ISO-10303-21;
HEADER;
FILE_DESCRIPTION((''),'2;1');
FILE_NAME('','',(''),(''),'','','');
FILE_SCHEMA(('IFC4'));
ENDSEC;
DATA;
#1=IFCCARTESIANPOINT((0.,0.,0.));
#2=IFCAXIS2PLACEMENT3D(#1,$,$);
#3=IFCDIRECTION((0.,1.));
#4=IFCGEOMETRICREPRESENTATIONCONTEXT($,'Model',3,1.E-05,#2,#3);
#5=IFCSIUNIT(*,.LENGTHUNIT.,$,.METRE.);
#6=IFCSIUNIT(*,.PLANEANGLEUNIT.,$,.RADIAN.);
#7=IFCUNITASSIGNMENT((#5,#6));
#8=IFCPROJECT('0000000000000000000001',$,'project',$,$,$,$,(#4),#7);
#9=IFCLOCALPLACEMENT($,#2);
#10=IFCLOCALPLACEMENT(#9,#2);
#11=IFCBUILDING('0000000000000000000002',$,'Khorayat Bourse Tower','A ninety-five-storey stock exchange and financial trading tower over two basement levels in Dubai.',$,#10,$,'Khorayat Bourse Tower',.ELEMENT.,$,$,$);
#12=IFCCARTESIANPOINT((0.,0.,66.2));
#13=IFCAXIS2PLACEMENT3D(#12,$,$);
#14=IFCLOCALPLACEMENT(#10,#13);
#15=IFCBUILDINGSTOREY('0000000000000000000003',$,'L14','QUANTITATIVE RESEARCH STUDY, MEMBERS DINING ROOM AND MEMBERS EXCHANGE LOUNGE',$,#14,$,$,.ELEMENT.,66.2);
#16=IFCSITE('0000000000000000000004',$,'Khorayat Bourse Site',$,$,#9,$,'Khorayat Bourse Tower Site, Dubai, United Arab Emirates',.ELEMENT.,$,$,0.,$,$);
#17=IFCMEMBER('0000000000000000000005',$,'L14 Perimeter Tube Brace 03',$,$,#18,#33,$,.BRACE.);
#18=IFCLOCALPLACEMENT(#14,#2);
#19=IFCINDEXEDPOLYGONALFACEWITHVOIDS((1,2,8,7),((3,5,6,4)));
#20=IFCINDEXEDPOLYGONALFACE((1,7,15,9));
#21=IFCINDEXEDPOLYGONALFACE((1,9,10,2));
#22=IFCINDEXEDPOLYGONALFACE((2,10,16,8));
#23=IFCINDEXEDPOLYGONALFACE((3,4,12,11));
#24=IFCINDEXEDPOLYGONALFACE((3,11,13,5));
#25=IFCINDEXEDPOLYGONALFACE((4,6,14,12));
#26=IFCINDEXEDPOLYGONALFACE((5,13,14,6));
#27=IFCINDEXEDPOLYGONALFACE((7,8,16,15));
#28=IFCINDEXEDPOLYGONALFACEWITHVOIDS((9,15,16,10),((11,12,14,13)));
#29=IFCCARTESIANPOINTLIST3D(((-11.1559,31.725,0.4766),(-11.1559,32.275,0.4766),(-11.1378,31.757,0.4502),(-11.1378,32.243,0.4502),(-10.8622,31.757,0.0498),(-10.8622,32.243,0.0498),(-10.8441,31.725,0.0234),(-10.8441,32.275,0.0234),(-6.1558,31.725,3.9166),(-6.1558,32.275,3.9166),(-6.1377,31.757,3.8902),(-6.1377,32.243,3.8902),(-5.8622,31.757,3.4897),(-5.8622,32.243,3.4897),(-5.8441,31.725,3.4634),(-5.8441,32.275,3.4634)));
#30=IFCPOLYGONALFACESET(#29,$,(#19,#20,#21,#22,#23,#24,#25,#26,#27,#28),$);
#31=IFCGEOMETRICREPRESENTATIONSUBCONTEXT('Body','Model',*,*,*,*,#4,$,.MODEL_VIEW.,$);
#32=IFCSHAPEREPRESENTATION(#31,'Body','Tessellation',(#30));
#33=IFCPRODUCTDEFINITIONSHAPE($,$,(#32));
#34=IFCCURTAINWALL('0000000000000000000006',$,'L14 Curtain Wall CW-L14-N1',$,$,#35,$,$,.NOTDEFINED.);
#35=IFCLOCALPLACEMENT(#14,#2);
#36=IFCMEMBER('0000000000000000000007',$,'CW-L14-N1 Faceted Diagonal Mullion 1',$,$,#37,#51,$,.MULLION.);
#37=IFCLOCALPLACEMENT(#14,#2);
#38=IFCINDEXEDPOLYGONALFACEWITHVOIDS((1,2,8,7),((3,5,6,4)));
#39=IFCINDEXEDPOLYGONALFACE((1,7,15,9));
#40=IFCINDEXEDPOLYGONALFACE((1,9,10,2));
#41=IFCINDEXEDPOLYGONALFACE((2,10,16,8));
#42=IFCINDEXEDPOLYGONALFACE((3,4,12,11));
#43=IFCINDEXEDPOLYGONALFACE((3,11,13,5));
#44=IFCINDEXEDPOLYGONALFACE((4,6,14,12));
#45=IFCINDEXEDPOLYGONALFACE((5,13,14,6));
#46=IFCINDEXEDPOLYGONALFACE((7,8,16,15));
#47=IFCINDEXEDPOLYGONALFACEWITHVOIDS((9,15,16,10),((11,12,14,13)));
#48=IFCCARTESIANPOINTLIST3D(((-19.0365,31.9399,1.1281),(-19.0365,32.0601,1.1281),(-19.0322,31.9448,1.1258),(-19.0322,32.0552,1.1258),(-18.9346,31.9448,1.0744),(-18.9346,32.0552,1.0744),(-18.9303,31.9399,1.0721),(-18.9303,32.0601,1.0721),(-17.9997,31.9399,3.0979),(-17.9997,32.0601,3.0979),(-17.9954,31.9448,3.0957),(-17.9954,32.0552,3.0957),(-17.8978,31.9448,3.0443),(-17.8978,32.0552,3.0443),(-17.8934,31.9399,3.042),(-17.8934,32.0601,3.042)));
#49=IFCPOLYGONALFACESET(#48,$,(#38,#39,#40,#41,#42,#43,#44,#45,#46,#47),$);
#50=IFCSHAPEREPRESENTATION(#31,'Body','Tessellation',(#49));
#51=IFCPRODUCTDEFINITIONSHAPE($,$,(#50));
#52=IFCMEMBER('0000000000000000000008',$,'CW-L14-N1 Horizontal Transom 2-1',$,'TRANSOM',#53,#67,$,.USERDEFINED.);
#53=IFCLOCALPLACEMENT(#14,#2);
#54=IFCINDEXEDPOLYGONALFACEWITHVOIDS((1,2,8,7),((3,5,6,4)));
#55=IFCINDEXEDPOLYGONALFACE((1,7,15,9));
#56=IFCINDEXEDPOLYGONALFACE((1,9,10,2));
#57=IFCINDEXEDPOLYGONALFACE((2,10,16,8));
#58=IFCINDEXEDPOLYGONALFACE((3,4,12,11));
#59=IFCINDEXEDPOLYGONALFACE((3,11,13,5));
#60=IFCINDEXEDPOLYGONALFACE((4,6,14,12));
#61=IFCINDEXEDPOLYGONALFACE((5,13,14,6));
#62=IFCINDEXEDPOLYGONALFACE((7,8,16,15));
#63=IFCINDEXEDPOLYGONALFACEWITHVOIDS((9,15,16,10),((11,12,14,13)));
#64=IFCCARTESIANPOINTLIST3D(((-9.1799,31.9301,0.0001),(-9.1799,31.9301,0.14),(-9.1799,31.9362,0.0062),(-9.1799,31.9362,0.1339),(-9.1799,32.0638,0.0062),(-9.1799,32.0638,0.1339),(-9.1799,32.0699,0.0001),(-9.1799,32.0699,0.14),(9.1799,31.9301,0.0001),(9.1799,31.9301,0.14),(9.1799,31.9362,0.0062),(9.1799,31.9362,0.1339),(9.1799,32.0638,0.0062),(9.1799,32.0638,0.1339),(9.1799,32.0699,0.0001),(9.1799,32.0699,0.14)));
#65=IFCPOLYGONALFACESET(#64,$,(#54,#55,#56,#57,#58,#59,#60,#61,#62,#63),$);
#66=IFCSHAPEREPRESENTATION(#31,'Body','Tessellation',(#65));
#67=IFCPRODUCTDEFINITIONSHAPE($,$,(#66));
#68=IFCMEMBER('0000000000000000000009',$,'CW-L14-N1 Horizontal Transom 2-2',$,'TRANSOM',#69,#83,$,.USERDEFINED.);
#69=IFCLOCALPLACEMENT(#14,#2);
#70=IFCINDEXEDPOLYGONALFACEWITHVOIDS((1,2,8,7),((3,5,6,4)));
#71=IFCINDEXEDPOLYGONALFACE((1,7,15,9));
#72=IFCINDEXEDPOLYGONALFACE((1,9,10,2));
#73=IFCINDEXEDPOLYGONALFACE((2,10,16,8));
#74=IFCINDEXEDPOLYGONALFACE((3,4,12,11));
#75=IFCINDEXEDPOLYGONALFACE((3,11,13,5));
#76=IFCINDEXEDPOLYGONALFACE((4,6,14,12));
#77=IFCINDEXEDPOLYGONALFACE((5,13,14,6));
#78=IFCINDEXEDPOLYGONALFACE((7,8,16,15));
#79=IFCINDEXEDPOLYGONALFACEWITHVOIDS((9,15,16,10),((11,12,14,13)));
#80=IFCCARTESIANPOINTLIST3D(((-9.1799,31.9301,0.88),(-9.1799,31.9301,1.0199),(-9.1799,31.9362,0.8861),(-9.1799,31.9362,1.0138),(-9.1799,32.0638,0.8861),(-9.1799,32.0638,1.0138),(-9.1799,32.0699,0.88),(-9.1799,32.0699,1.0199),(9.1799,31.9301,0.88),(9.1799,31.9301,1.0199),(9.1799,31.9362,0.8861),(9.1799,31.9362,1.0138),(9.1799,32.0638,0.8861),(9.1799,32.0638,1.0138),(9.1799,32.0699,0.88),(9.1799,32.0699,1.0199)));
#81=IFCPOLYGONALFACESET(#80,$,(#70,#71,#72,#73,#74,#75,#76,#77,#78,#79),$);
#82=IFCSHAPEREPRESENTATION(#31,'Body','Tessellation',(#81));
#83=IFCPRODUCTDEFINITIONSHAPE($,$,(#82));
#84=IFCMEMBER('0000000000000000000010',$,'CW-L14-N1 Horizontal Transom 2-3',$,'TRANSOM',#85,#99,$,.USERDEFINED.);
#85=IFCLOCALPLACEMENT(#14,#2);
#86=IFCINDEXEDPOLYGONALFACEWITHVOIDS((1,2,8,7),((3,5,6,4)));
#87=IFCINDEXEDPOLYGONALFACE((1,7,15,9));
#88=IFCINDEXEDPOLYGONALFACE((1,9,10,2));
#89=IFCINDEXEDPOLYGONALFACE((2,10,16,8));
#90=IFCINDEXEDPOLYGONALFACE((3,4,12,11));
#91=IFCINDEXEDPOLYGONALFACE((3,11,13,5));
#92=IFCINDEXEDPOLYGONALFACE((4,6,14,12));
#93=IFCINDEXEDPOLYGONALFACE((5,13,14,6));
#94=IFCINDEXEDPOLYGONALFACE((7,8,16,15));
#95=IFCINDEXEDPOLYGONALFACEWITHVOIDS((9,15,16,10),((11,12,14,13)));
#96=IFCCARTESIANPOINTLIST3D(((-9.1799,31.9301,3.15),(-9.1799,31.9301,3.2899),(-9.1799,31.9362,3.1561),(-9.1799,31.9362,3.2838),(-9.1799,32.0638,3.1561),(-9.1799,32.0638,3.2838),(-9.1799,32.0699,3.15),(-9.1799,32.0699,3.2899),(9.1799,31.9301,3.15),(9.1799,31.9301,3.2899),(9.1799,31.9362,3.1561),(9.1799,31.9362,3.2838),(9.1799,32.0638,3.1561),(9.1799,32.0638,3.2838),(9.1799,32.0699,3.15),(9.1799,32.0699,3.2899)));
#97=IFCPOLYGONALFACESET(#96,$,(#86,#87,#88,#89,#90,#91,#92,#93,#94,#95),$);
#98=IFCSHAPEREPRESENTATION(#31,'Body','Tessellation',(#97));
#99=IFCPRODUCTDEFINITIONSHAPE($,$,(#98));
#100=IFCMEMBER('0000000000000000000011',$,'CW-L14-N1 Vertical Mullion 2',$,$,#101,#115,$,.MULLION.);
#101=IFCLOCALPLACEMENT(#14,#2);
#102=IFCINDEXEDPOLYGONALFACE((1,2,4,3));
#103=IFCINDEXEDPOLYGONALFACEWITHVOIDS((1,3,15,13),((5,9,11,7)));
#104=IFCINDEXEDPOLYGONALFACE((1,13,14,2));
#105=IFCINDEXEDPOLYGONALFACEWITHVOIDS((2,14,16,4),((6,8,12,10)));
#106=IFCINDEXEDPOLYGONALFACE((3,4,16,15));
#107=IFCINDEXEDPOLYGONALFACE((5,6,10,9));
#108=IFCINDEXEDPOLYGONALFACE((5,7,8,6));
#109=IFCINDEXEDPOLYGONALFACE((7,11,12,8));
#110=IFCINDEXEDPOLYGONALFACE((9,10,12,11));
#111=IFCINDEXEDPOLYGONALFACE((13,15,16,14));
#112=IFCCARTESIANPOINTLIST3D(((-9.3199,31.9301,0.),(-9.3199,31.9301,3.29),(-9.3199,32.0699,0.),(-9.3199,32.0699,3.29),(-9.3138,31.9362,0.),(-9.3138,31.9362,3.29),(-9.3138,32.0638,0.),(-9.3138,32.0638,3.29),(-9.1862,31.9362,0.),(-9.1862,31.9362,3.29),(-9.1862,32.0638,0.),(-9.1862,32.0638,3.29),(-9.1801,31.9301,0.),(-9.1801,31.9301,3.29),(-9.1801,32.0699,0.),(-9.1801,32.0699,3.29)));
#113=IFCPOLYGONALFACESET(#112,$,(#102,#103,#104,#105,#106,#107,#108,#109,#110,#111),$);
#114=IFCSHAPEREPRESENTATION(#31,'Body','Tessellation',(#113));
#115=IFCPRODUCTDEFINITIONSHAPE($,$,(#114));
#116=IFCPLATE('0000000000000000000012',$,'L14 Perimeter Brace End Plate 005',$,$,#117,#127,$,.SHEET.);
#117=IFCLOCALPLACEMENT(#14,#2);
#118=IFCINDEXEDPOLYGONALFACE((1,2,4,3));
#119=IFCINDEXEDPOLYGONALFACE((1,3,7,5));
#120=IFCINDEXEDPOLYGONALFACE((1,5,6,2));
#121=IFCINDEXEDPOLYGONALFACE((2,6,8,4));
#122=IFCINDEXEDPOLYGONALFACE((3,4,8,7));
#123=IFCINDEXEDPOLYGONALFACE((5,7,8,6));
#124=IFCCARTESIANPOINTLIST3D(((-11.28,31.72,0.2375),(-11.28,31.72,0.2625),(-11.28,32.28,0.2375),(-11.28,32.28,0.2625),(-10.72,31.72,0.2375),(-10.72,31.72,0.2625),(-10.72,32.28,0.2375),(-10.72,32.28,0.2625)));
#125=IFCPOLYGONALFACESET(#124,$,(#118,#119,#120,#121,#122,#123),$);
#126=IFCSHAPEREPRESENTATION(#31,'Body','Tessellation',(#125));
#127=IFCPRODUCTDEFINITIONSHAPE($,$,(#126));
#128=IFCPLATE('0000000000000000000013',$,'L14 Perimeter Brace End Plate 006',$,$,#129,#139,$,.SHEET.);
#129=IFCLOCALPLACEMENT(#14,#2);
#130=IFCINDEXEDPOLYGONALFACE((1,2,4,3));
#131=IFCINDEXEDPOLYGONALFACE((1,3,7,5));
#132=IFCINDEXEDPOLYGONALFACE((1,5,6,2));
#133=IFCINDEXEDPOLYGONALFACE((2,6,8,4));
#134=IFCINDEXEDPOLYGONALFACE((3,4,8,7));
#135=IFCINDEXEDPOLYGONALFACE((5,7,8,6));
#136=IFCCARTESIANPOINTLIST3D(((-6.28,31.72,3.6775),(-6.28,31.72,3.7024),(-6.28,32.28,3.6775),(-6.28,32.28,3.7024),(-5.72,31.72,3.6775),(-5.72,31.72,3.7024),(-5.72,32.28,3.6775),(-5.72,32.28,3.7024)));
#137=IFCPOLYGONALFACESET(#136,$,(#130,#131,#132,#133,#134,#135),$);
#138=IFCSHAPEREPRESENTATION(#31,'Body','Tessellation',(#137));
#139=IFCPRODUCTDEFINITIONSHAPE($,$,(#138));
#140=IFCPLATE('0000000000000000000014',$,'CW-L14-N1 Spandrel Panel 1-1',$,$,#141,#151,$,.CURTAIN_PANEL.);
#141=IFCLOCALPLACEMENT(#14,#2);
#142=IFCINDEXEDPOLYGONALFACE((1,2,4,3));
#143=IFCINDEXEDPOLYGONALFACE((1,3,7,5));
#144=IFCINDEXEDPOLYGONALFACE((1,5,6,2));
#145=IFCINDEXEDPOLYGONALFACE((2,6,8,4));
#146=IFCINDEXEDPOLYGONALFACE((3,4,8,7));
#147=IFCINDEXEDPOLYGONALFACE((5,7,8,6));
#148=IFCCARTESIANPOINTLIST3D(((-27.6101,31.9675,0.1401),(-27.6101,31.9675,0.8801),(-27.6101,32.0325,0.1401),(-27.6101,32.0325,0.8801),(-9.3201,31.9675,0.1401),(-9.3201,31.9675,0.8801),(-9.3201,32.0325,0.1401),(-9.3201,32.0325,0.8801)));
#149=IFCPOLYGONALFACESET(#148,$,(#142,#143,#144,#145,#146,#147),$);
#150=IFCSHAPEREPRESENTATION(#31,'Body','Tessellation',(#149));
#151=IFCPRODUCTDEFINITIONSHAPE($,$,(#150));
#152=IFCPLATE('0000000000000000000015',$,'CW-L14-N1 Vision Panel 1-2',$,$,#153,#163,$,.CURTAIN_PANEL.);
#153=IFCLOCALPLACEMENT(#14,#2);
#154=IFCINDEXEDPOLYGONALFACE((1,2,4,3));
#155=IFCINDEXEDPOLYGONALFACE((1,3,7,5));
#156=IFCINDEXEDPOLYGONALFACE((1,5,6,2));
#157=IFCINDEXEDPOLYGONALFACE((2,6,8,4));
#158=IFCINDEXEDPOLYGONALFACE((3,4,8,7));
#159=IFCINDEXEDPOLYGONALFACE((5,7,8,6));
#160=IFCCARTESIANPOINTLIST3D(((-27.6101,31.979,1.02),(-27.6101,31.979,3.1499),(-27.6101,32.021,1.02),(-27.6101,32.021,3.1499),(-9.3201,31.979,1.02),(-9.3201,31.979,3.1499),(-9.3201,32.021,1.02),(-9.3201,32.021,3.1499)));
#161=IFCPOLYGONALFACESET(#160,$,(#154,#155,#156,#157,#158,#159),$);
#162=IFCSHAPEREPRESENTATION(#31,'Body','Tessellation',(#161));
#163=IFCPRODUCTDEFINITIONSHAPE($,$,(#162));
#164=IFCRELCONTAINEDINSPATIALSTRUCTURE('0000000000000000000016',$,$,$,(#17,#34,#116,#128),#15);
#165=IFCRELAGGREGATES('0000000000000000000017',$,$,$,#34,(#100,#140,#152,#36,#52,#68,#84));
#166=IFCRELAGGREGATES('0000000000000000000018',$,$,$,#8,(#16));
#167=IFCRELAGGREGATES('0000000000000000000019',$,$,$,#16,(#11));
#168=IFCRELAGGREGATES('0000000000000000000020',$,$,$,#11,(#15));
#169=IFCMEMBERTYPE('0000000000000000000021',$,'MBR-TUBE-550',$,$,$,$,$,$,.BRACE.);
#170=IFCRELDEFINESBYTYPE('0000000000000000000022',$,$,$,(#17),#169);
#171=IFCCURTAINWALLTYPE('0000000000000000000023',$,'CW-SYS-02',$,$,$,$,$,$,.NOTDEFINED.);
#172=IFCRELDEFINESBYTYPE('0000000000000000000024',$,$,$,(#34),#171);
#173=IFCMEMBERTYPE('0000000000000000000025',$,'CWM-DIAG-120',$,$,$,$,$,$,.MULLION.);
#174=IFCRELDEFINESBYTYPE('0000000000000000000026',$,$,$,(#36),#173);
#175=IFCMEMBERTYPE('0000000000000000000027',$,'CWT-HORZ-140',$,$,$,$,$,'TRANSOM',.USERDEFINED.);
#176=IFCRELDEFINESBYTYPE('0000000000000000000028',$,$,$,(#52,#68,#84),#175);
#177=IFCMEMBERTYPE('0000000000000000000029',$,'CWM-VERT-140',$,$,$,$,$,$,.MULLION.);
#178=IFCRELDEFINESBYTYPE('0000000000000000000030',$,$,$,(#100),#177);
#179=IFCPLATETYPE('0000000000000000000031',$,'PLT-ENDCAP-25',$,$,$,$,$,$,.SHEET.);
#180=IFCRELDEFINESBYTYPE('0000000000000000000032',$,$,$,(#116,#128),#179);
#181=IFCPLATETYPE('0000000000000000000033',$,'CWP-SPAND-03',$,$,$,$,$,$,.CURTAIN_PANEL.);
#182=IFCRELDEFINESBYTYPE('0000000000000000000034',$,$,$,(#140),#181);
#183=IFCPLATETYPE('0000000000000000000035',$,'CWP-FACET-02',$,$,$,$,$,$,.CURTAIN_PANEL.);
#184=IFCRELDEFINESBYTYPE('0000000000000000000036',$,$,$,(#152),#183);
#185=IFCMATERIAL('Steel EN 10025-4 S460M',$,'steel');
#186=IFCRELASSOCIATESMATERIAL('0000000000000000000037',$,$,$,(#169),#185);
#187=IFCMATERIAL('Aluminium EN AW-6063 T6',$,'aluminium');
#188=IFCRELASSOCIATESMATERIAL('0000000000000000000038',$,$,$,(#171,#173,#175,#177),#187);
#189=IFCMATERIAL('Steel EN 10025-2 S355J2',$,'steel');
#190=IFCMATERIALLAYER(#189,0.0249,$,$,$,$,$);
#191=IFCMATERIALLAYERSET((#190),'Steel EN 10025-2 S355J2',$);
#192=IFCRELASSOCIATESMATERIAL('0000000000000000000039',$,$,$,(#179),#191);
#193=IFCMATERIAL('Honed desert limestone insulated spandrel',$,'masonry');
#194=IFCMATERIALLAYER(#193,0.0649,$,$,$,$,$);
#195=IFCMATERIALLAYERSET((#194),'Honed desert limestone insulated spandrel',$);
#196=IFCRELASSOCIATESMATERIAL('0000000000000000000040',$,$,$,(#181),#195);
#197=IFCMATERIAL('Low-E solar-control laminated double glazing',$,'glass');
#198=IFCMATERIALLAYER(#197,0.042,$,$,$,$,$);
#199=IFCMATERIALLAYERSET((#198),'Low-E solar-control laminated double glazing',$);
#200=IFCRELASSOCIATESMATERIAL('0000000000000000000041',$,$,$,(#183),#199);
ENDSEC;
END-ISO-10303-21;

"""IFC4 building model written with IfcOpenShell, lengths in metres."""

from ifc_helpers import new_model, si_unit, direction, frame, origin, origin_2d, place, context, subcontext, project, spatial, rectangle, hollow_rectangle, extrude, source, transform, mapped, material, layer, layer_set, material_profile, profile_set, type_object, element, aggregate, save


model = new_model("IFC4")

# Units and contexts
model_context = context("Model", 3, precision=1e-05, world=origin(), true_north=direction((0.0, 1.0)))
body_context = subcontext(model_context, "Body", "Model", "MODEL_VIEW")
ifc_project = project(units=[si_unit("LENGTHUNIT", "METRE"), si_unit("PLANEANGLEUNIT", "RADIAN")], contexts=[model_context])

# Site, building, storey
site_placement = place(None, origin())
site = spatial("IfcSite", under=ifc_project, at=site_placement, Name="Khorayat Bourse Site", LongName="Khorayat Bourse Tower Site, Dubai, United Arab Emirates", CompositionType="ELEMENT", RefElevation=0.0)
building_placement = place(site_placement, origin())
building = spatial("IfcBuilding", under=site, at=building_placement, Name="Khorayat Bourse Tower", Description="A ninety-five-storey stock exchange and financial trading tower over two basement levels in Dubai.", LongName="Khorayat Bourse Tower", CompositionType="ELEMENT")
storey_placement = place(building_placement, frame((0.0, 0.0, 66.2)))
storey = spatial("IfcBuildingStorey", under=building, at=storey_placement, Name="L14", Description="QUANTITATIVE RESEARCH STUDY, MEMBERS DINING ROOM AND MEMBERS EXCHANGE LOUNGE", CompositionType="ELEMENT", Elevation=66.2)

# Shared definitions
ifc_material_1 = material(Name="Steel EN 10025-4 S460M", Category="steel")

# Member
ifc_material_profile_1 = material_profile(ifc_material_1, hollow_rectangle(XDim=0.55, YDim=0.55, WallThickness=0.032, at=origin_2d()), Name="HSS 550x550x32")
ifc_profile_set_1 = profile_set([ifc_material_profile_1], Name="Steel EN 10025-4 S460M")
member_type_1 = type_object("IfcMemberType", Name="MBR-TUBE-550", PredefinedType="BRACE", material=ifc_profile_set_1)
shared_shape_1 = source(origin(), body_context, "Body", "SweptSolid", [
    extrude(hollow_rectangle(XDim=0.55, YDim=0.55, WallThickness=0.032, at=origin_2d()), origin(), (0.0, 0.0, 1.0), 6.0691),
])
member_1_placement = place(storey_placement, frame((-11.0, 32.0, 0.25), z_axis=(0.823854, 0.0, 0.566802), x_axis=(0.0, 1.0, 0.0)))
element("IfcMember", 1, at=member_1_placement, inside=storey, type_object=member_type_1, Name="L14 Perimeter Tube Brace 03", PredefinedType="BRACE", context=body_context, shape_type="MappedRepresentation", body=[
    mapped(shared_shape_1, transform((0.0, 0.0, 0.0), scale=1.0)),
])

# Curtain wall, members
ifc_material_2 = material(Name="Aluminium EN AW-6063 T6", Category="aluminium")
curtain_wall_type = type_object("IfcCurtainWallType", Name="CW-SYS-02", PredefinedType="NOTDEFINED", material=ifc_material_2)
curtain_wall_placement = place(storey_placement, origin())
curtain_wall = element("IfcCurtainWall", 2, at=curtain_wall_placement, inside=storey, type_object=curtain_wall_type, Name="L14 Curtain Wall CW-L14-N1", PredefinedType="NOTDEFINED")
ifc_material_profile_2 = material_profile(ifc_material_2, hollow_rectangle(XDim=0.1201, YDim=0.1201, WallThickness=0.0049, at=origin_2d()), Name="ALU 120x120x5")
ifc_profile_set_2 = profile_set([ifc_material_profile_2], Name="Aluminium EN AW-6063 T6")
member_type_2 = type_object("IfcMemberType", Name="CWM-DIAG-120", PredefinedType="MULLION", material=ifc_profile_set_2)
shared_shape_2 = source(origin(), body_context, "Body", "SweptSolid", [
    extrude(hollow_rectangle(XDim=0.1201, YDim=0.1201, WallThickness=0.0049, at=origin_2d()), origin(), (0.0, 0.0, 1.0), 2.2261),
])
member_2_placement = place(storey_placement, frame((-18.9834, 32.0, 1.1001), z_axis=(0.46576, 0.0, 0.884911), x_axis=(0.0, 1.0, 0.0)))
member_2 = element("IfcMember", 3, at=member_2_placement, type_object=member_type_2, Name="CW-L14-N1 Faceted Diagonal Mullion 1", PredefinedType="MULLION", context=body_context, shape_type="MappedRepresentation", body=[
    mapped(shared_shape_2, transform((0.0, 0.0, 0.0), scale=1.0)),
])
ifc_material_profile_3 = material_profile(ifc_material_2, hollow_rectangle(XDim=0.1399, YDim=0.1399, WallThickness=0.0061, at=origin_2d()), Name="ALU 140x140x6")
ifc_profile_set_3 = profile_set([ifc_material_profile_3], Name="Aluminium EN AW-6063 T6")
member_type_3 = type_object("IfcMemberType", Name="CWT-HORZ-140", ElementType="TRANSOM", PredefinedType="USERDEFINED", material=ifc_profile_set_3)
shared_shape_3 = source(origin(), body_context, "Body", "SweptSolid", [
    extrude(hollow_rectangle(XDim=0.1399, YDim=0.1399, WallThickness=0.0061, at=origin_2d()), origin(), (0.0, 0.0, 1.0), 18.3599),
])
member_3_placement = place(storey_placement, frame((-9.1799, 32.0, 0.0701), z_axis=(1.0, 0.0, 0.0), x_axis=(0.0, 1.0, 0.0)))
member_3 = element("IfcMember", 4, at=member_3_placement, type_object=member_type_3, Name="CW-L14-N1 Horizontal Transom 2-1", ObjectType="TRANSOM", PredefinedType="USERDEFINED", context=body_context, shape_type="MappedRepresentation", body=[
    mapped(shared_shape_3, transform((0.0, 0.0, 0.0), scale=1.0)),
])
member_4_placement = place(storey_placement, frame((-9.1799, 32.0, 0.95), z_axis=(1.0, 0.0, 0.0), x_axis=(0.0, 1.0, 0.0)))
member_4 = element("IfcMember", 5, at=member_4_placement, type_object=member_type_3, Name="CW-L14-N1 Horizontal Transom 2-2", ObjectType="TRANSOM", PredefinedType="USERDEFINED", context=body_context, shape_type="MappedRepresentation", body=[
    mapped(shared_shape_3, transform((0.0, 0.0, 0.0), scale=1.0)),
])
member_5_placement = place(storey_placement, frame((-9.1799, 32.0, 3.22), z_axis=(1.0, 0.0, 0.0), x_axis=(0.0, 1.0, 0.0)))
member_5 = element("IfcMember", 6, at=member_5_placement, type_object=member_type_3, Name="CW-L14-N1 Horizontal Transom 2-3", ObjectType="TRANSOM", PredefinedType="USERDEFINED", context=body_context, shape_type="MappedRepresentation", body=[
    mapped(shared_shape_3, transform((0.0, 0.0, 0.0), scale=1.0)),
])
ifc_material_profile_4 = material_profile(ifc_material_2, hollow_rectangle(XDim=0.1399, YDim=0.1399, WallThickness=0.0061, at=origin_2d()), Name="ALU 140x140x6")
ifc_profile_set_4 = profile_set([ifc_material_profile_4], Name="Aluminium EN AW-6063 T6")
member_type_4 = type_object("IfcMemberType", Name="CWM-VERT-140", PredefinedType="MULLION", material=ifc_profile_set_4)
shared_shape_4 = source(origin(), body_context, "Body", "SweptSolid", [
    extrude(hollow_rectangle(XDim=0.1399, YDim=0.1399, WallThickness=0.0061, at=origin_2d()), origin(), (0.0, 0.0, 1.0), 3.29),
])
member_6_placement = place(storey_placement, frame((-9.25, 32.0, 0.0), z_axis=(0.0, 0.0, 1.0), x_axis=(0.0, 1.0, 0.0)))
member_6 = element("IfcMember", 7, at=member_6_placement, type_object=member_type_4, Name="CW-L14-N1 Vertical Mullion 2", PredefinedType="MULLION", context=body_context, shape_type="MappedRepresentation", body=[
    mapped(shared_shape_4, transform((0.0, 0.0, 0.0), scale=1.0)),
])

# Plates
ifc_material_3 = material(Name="Steel EN 10025-2 S355J2", Category="steel")
ifc_layer_1 = layer(ifc_material_3, 0.0249)
ifc_layer_set_1 = layer_set([ifc_layer_1], Name="Steel EN 10025-2 S355J2")
plate_type_1 = type_object("IfcPlateType", Name="PLT-ENDCAP-25", PredefinedType="SHEET", material=ifc_layer_set_1)
shared_shape_5 = source(origin(), body_context, "Body", "SweptSolid", [
    extrude(rectangle(XDim=0.5601, YDim=0.5601, at=origin_2d()), origin(), (0.0, 0.0, 1.0), 0.0249),
])
for number, where, z_axis, x_axis, name in (
    (8, (-11.0, 32.0, 0.2375), (0.0, 0.0, 1.0), (1.0, 0.0, 0.0), "L14 Perimeter Brace End Plate 005"),
    (9, (-6.0, 32.0, 3.6775), (0.0, 0.0, 1.0), (1.0, 0.0, 0.0), "L14 Perimeter Brace End Plate 006"),
):
    element("IfcPlate", number, at=place(storey_placement, frame(where, z_axis=z_axis, x_axis=x_axis)), inside=storey, type_object=plate_type_1, Name=name, PredefinedType="SHEET", context=body_context, shape_type="MappedRepresentation", body=[
        mapped(shared_shape_5, transform((0.0, 0.0, 0.0), scale=1.0)),
    ])

# Plates
ifc_material_4 = material(Name="Honed desert limestone insulated spandrel", Category="masonry")
ifc_layer_2 = layer(ifc_material_4, 0.0649)
ifc_layer_set_2 = layer_set([ifc_layer_2], Name="Honed desert limestone insulated spandrel")
plate_type_2 = type_object("IfcPlateType", Name="CWP-SPAND-03", PredefinedType="CURTAIN_PANEL", material=ifc_layer_set_2)
shared_shape_6 = source(origin(), body_context, "Body", "SweptSolid", [
    extrude(rectangle(XDim=18.29, YDim=0.0649, at=origin_2d()), origin(), (0.0, 0.0, 1.0), 0.74),
])
plate_1_placement = place(storey_placement, frame((-18.4651, 32.0, 0.1401), z_axis=(0.0, 0.0, 1.0), x_axis=(1.0, 0.0, 0.0)))
plate_1 = element("IfcPlate", 10, at=plate_1_placement, type_object=plate_type_2, Name="CW-L14-N1 Spandrel Panel 1-1", PredefinedType="CURTAIN_PANEL", context=body_context, shape_type="MappedRepresentation", body=[
    mapped(shared_shape_6, transform((0.0, 0.0, 0.0), scale=1.0)),
])
ifc_material_5 = material(Name="Low-E solar-control laminated double glazing", Category="glass")
ifc_layer_3 = layer(ifc_material_5, 0.042)
ifc_layer_set_3 = layer_set([ifc_layer_3], Name="Low-E solar-control laminated double glazing")
plate_type_3 = type_object("IfcPlateType", Name="CWP-FACET-02", PredefinedType="CURTAIN_PANEL", material=ifc_layer_set_3)
shared_shape_7 = source(origin(), body_context, "Body", "SweptSolid", [
    extrude(rectangle(XDim=18.29, YDim=0.042, at=origin_2d()), origin(), (0.0, 0.0, 1.0), 2.1299),
])
plate_2_placement = place(storey_placement, frame((-18.4651, 32.0, 1.02), z_axis=(0.0, 0.0, 1.0), x_axis=(1.0, 0.0, 0.0)))
plate_2 = element("IfcPlate", 11, at=plate_2_placement, type_object=plate_type_3, Name="CW-L14-N1 Vision Panel 1-2", PredefinedType="CURTAIN_PANEL", context=body_context, shape_type="MappedRepresentation", body=[
    mapped(shared_shape_7, transform((0.0, 0.0, 0.0), scale=1.0)),
])
aggregate(curtain_wall, [member_6, plate_1, plate_2, member_2, member_3, member_4, member_5])

save(model, "model.ifc")
